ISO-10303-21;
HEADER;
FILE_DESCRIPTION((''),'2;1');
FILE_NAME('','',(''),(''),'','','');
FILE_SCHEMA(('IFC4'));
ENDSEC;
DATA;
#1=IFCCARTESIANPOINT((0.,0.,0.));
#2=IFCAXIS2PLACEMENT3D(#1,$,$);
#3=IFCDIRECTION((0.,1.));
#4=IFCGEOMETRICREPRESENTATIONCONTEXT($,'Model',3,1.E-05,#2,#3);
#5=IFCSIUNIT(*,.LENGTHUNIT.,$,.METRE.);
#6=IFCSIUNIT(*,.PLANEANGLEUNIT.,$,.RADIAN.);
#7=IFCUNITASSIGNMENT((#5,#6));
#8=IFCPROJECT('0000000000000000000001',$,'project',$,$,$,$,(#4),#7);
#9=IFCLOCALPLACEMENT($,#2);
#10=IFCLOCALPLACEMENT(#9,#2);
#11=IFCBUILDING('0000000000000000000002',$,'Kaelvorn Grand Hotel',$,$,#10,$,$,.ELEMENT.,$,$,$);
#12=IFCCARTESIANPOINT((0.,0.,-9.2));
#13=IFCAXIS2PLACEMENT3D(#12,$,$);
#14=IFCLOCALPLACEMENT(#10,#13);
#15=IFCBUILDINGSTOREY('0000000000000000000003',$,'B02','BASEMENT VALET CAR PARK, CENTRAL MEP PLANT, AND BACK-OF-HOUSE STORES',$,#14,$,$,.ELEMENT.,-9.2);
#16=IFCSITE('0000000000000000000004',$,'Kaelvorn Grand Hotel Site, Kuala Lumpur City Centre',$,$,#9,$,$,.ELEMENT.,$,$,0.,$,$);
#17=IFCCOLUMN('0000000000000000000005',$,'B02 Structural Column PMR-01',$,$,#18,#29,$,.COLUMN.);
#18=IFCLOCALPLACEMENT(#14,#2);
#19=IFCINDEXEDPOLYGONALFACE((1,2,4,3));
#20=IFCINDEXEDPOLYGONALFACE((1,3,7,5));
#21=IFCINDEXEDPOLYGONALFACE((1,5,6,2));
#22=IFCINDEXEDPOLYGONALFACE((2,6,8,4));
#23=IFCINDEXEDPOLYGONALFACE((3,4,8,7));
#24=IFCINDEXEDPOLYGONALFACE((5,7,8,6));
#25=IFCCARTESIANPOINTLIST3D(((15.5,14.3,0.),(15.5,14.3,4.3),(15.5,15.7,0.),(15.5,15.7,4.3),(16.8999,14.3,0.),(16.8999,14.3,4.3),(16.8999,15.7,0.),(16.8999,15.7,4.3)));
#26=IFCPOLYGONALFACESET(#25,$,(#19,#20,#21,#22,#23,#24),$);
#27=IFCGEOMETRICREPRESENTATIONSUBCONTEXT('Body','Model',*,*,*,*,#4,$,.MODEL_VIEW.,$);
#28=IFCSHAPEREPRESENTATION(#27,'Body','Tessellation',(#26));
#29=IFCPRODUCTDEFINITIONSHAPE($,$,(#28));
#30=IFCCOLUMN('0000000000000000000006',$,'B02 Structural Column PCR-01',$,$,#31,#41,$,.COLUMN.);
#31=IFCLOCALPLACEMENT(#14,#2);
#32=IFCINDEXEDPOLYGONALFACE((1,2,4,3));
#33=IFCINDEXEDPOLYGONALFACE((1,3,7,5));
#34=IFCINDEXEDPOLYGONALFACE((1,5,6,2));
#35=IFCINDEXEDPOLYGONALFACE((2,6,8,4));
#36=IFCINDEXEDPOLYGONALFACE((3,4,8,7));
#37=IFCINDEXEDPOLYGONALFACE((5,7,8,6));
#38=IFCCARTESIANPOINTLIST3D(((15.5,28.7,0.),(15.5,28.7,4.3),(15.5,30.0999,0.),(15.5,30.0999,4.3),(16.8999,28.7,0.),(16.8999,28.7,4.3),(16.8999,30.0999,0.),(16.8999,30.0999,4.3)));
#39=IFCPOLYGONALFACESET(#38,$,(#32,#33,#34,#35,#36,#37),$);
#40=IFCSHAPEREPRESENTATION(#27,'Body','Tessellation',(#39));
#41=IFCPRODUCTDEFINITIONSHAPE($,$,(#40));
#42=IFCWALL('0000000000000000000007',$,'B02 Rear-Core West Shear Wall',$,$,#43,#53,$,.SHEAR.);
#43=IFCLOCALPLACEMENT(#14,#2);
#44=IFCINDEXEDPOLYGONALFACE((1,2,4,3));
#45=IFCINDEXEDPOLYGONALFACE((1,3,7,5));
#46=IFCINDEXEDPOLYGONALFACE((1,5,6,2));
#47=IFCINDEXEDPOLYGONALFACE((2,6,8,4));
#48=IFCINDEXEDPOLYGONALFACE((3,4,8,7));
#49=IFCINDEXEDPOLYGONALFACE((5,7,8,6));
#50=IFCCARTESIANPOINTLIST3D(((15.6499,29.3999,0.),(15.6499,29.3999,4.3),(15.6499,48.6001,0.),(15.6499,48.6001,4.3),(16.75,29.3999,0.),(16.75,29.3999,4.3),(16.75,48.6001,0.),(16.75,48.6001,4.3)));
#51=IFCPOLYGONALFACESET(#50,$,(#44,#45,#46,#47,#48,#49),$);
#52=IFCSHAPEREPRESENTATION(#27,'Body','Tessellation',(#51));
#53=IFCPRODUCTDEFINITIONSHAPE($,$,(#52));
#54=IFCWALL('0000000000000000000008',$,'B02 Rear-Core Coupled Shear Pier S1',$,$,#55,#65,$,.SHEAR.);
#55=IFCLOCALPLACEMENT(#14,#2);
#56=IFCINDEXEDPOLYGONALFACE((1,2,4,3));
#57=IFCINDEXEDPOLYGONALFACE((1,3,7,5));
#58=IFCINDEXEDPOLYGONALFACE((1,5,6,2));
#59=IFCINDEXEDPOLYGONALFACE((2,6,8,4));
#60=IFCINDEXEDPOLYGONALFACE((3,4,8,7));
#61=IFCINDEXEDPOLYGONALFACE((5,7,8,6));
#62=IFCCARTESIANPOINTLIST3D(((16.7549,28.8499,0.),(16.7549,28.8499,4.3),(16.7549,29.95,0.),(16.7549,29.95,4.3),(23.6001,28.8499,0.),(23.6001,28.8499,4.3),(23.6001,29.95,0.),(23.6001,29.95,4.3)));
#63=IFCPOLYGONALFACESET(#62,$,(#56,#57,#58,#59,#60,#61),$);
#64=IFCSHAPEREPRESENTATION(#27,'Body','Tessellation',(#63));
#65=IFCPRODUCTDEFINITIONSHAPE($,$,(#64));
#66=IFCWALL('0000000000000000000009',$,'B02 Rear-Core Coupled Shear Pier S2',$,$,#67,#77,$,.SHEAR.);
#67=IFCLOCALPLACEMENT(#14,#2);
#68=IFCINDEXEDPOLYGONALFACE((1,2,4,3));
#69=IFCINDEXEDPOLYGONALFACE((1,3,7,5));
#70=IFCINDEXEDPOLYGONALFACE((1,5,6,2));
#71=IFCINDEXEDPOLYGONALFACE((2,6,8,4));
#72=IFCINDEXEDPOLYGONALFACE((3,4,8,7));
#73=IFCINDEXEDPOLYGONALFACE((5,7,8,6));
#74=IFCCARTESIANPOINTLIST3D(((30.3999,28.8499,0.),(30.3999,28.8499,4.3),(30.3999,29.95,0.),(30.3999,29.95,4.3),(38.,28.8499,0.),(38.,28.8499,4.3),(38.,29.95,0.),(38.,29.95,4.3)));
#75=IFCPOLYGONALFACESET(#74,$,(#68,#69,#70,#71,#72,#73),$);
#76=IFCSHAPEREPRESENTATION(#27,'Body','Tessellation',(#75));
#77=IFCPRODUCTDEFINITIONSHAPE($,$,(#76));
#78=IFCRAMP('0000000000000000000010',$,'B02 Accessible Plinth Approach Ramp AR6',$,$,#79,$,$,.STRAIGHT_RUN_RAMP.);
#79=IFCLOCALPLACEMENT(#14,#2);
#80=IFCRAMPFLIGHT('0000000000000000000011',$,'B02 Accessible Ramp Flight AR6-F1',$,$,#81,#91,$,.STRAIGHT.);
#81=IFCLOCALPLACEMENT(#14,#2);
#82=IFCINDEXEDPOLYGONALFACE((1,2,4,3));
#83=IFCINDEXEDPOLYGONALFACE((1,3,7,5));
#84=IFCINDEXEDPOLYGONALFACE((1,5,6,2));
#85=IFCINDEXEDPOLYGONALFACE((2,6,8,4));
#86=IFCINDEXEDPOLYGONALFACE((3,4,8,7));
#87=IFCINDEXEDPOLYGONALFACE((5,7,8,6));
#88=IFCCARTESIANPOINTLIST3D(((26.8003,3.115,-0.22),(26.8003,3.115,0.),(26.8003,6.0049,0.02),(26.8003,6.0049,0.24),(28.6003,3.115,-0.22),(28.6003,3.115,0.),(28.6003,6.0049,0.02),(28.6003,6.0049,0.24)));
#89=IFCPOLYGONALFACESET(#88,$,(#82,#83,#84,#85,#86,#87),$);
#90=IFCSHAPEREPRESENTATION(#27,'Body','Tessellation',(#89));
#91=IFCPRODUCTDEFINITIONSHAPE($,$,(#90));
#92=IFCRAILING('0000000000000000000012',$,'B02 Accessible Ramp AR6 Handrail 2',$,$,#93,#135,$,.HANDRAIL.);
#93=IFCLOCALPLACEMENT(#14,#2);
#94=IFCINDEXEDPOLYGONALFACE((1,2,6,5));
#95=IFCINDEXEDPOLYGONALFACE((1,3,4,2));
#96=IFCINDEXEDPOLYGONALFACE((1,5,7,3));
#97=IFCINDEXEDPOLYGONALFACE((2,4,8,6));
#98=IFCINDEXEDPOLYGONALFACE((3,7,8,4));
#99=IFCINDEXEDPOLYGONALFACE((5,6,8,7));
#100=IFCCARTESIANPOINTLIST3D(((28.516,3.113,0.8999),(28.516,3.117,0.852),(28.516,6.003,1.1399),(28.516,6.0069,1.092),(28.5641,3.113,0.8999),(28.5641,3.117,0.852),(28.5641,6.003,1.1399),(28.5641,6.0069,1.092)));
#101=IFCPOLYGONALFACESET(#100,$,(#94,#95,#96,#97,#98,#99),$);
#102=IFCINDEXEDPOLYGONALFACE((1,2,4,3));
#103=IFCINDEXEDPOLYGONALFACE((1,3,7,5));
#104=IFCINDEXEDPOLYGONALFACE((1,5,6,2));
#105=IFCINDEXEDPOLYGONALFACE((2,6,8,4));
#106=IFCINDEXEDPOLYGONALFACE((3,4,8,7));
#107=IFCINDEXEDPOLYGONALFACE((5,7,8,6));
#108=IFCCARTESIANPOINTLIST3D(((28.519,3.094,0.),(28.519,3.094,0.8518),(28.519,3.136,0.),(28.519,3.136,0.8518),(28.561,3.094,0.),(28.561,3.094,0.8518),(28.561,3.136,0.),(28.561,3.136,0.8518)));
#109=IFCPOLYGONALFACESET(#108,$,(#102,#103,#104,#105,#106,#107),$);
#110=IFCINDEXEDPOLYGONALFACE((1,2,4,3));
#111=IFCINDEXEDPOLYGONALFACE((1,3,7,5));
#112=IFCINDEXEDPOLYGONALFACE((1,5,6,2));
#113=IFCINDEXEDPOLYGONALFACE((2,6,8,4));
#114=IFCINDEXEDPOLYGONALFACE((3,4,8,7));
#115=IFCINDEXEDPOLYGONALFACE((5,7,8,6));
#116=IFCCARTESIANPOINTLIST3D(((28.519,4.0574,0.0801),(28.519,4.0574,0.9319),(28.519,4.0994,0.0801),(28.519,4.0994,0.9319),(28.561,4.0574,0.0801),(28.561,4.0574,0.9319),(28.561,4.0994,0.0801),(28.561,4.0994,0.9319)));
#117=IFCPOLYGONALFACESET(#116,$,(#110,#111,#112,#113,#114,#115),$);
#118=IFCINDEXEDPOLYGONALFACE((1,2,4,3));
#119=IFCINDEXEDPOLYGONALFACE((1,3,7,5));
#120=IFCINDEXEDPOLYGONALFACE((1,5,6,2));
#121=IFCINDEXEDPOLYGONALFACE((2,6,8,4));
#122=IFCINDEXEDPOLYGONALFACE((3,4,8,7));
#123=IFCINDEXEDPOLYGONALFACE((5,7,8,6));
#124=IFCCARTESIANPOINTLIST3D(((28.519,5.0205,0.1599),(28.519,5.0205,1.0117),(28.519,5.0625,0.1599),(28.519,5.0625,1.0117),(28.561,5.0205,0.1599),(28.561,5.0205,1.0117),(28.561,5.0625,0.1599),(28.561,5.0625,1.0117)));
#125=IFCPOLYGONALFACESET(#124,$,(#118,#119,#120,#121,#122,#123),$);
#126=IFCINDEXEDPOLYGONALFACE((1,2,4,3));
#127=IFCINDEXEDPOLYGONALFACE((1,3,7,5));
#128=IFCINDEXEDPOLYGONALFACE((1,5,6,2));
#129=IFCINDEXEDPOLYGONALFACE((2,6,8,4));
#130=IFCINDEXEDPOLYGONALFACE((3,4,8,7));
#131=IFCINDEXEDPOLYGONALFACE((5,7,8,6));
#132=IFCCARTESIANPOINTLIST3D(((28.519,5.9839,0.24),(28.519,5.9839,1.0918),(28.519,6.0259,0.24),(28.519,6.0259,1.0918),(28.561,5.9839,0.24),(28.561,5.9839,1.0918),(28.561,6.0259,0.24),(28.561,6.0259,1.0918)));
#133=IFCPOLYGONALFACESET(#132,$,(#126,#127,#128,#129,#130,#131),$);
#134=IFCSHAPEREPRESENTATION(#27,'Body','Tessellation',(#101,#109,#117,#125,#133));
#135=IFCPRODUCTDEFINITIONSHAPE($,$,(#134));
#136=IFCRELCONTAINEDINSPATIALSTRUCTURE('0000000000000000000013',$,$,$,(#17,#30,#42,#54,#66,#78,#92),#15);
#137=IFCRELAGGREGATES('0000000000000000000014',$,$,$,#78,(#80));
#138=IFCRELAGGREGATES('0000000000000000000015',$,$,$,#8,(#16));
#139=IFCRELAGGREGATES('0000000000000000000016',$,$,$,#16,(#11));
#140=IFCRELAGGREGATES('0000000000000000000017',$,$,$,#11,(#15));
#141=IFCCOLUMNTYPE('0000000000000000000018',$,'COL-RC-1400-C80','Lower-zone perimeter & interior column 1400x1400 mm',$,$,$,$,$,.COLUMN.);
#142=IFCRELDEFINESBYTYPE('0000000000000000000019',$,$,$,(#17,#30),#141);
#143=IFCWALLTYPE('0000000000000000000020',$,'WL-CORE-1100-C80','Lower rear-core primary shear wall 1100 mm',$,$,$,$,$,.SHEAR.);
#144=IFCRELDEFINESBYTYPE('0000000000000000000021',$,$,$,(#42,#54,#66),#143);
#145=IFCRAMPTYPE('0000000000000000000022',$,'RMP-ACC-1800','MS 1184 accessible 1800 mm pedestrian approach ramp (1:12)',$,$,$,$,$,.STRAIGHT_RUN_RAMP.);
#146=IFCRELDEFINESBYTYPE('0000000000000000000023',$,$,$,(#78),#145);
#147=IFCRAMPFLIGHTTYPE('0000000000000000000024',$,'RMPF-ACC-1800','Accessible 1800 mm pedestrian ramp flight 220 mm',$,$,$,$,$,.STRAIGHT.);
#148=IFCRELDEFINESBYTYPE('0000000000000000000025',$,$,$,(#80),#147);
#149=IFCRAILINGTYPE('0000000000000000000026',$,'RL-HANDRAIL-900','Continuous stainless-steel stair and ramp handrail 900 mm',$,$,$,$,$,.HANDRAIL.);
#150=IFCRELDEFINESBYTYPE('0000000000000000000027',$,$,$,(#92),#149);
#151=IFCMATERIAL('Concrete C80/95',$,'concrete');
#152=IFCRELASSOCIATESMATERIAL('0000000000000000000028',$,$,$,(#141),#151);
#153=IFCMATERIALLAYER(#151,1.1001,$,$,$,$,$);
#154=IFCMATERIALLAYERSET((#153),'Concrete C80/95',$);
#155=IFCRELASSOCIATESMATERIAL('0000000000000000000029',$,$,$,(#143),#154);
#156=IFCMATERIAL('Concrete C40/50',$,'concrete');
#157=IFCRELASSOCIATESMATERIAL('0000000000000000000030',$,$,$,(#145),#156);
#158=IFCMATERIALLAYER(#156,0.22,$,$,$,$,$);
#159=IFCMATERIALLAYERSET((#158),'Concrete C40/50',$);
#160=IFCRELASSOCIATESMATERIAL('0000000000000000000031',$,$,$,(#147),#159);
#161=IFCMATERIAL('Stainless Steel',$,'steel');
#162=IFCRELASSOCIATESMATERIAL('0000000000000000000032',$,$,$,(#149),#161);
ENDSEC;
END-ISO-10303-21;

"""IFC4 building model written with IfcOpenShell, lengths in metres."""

from ifc_helpers import new_model, si_unit, direction, frame, frame_2d, origin, origin_2d, place, context, subcontext, project, spatial, polyline, rectangle, outline, extrude, material, layer, layer_set, material_profile, profile_set, type_object, element, aggregate, save


model = new_model("IFC4")

# Units and contexts
model_context = context("Model", 3, precision=1e-05, world=origin(), true_north=direction((0.0, 1.0)))
body_context = subcontext(model_context, "Body", "Model", "MODEL_VIEW")
ifc_project = project(units=[si_unit("LENGTHUNIT", "METRE"), si_unit("PLANEANGLEUNIT", "RADIAN")], contexts=[model_context])

# Site, building, storey
site_placement = place(None, origin())
site = spatial("IfcSite", under=ifc_project, at=site_placement, Name="Kaelvorn Grand Hotel Site, Kuala Lumpur City Centre", CompositionType="ELEMENT", RefElevation=0.0)
building_placement = place(site_placement, origin())
building = spatial("IfcBuilding", under=site, at=building_placement, Name="Kaelvorn Grand Hotel", CompositionType="ELEMENT")
storey_placement = place(building_placement, frame((0.0, 0.0, -9.2)))
storey = spatial("IfcBuildingStorey", under=building, at=storey_placement, Name="B02", Description="BASEMENT VALET CAR PARK, CENTRAL MEP PLANT, AND BACK-OF-HOUSE STORES", CompositionType="ELEMENT", Elevation=-9.2)

# Columns
ifc_material_1 = material(Name="Concrete C80/95", Category="concrete")
ifc_material_profile_1 = material_profile(ifc_material_1, rectangle(XDim=1.3999, YDim=1.3999, at=origin_2d()), Name="RC COL 1400x1400")
ifc_profile_set_1 = profile_set([ifc_material_profile_1], Name="Concrete C80/95")
column_type_1 = type_object("IfcColumnType", Name="COL-RC-1400-C80", Description="Lower-zone perimeter & interior column 1400x1400 mm", PredefinedType="COLUMN", material=ifc_profile_set_1)
for number, where, z_axis, x_axis, name in (
    (1, (16.2, 15.0, 0.0), (0.0, 0.0, 1.0), (1.0, 0.0, 0.0), "B02 Structural Column PMR-01"),
    (2, (16.2, 29.3999, 0.0), (0.0, 0.0, 1.0), (1.0, 0.0, 0.0), "B02 Structural Column PCR-01"),
):
    element("IfcColumn", number, at=place(storey_placement, frame(where, z_axis=z_axis, x_axis=x_axis)), inside=storey, type_object=column_type_1, Name=name, PredefinedType="COLUMN", context=body_context, shape_type="SweptSolid", body=[
        extrude(rectangle(XDim=1.3999, YDim=1.3999, at=origin_2d()), origin(), (0.0, 0.0, 1.0), 4.3),
    ])

# Walls
ifc_layer_1 = layer(ifc_material_1, 1.1001)
ifc_layer_set_1 = layer_set([ifc_layer_1], Name="Concrete C80/95")
wall_type = type_object("IfcWallType", Name="WL-CORE-1100-C80", Description="Lower rear-core primary shear wall 1100 mm", PredefinedType="SHEAR", material=ifc_layer_set_1)
wall_1_placement = place(storey_placement, frame((16.2, 29.3999, 0.0), z_axis=(0.0, 0.0, 1.0), x_axis=(0.0, 1.0, 0.0)))
element("IfcWall", 3, at=wall_1_placement, inside=storey, type_object=wall_type, Name="B02 Rear-Core West Shear Wall", PredefinedType="SHEAR", context=body_context, shape_type="SweptSolid", body=[
    extrude(rectangle(XDim=19.2002, YDim=1.1001, at=frame_2d((9.6001, 0.0))), origin(), (0.0, 0.0, 1.0), 4.3),
])
wall_2_placement = place(storey_placement, frame((16.7549, 29.3999, 0.0), z_axis=(0.0, 0.0, 1.0), x_axis=(1.0, 0.0, 0.0)))
element("IfcWall", 4, at=wall_2_placement, inside=storey, type_object=wall_type, Name="B02 Rear-Core Coupled Shear Pier S1", PredefinedType="SHEAR", context=body_context, shape_type="SweptSolid", body=[
    extrude(rectangle(XDim=6.8452, YDim=1.1001, at=frame_2d((3.4226, 0.0))), origin(), (0.0, 0.0, 1.0), 4.3),
])
wall_3_placement = place(storey_placement, frame((30.3999, 29.3999, 0.0), z_axis=(0.0, 0.0, 1.0), x_axis=(1.0, 0.0, 0.0)))
element("IfcWall", 5, at=wall_3_placement, inside=storey, type_object=wall_type, Name="B02 Rear-Core Coupled Shear Pier S2", PredefinedType="SHEAR", context=body_context, shape_type="SweptSolid", body=[
    extrude(rectangle(XDim=7.6001, YDim=1.1001, at=frame_2d((3.8, 0.0))), origin(), (0.0, 0.0, 1.0), 4.3),
])

# Ramp, ramp flight
ifc_material_2 = material(Name="Concrete C40/50", Category="concrete")
ramp_type = type_object("IfcRampType", Name="RMP-ACC-1800", Description="MS 1184 accessible 1800 mm pedestrian approach ramp (1:12)", PredefinedType="STRAIGHT_RUN_RAMP", material=ifc_material_2)
ramp_placement = place(storey_placement, origin())
ramp = element("IfcRamp", 6, at=ramp_placement, inside=storey, type_object=ramp_type, Name="B02 Accessible Plinth Approach Ramp AR6", PredefinedType="STRAIGHT_RUN_RAMP")
ifc_layer_2 = layer(ifc_material_2, 0.22)
ifc_layer_set_2 = layer_set([ifc_layer_2], Name="Concrete C40/50")
ramp_flight_type = type_object("IfcRampFlightType", Name="RMPF-ACC-1800", Description="Accessible 1800 mm pedestrian ramp flight 220 mm", PredefinedType="STRAIGHT", material=ifc_layer_set_2)
ramp_flight_placement = place(storey_placement, frame((27.7002, 3.115, 0.0), z_axis=(0.0, 0.0, 1.0), x_axis=(0.0, 1.0, 0.0)))
ramp_flight = element("IfcRampFlight", 7, at=ramp_flight_placement, type_object=ramp_flight_type, Name="B02 Accessible Ramp Flight AR6-F1", PredefinedType="STRAIGHT", context=body_context, shape_type="SweptSolid", body=[
    extrude(outline(polyline([(0.0, 0.0), (2.8899, 0.24), (2.8899, 0.02), (0.0, -0.22), (0.0, 0.0)])), frame((0.0, 0.8999, 0.0), z_axis=(0.0, -1.0, 0.0), x_axis=(1.0, 0.0, 0.0)), (0.0, 0.0, 1.0), 1.8),
])
aggregate(ramp, [ramp_flight])

# Railing
ifc_material_3 = material(Name="Stainless Steel", Category="steel")
railing_type = type_object("IfcRailingType", Name="RL-HANDRAIL-900", Description="Continuous stainless-steel stair and ramp handrail 900 mm", PredefinedType="HANDRAIL", material=ifc_material_3)
railing_placement = place(storey_placement, frame((28.54, 3.115, 0.0)))
element("IfcRailing", 8, at=railing_placement, inside=storey, type_object=railing_type, Name="B02 Accessible Ramp AR6 Handrail 2", PredefinedType="HANDRAIL", context=body_context, shape_type="SweptSolid", body=[
    extrude(rectangle(XDim=0.0481, YDim=0.0481, at=origin_2d()), frame((0.0, 0.0, 0.876), z_axis=(0.0, 0.99657, 0.08276), x_axis=(-1.0, 0.0, 0.0)), (0.0, 0.0, 1.0), 2.8999),
    extrude(rectangle(XDim=0.042, YDim=0.042, at=origin_2d()), origin(), (0.0, 0.0, 1.0), 0.8518),
    extrude(rectangle(XDim=0.042, YDim=0.042, at=origin_2d()), frame((0.0, 0.9634, 0.0801)), (0.0, 0.0, 1.0), 0.8518),
    extrude(rectangle(XDim=0.042, YDim=0.042, at=origin_2d()), frame((0.0, 1.9265, 0.1599)), (0.0, 0.0, 1.0), 0.8518),
    extrude(rectangle(XDim=0.042, YDim=0.042, at=origin_2d()), frame((0.0, 2.8899, 0.24)), (0.0, 0.0, 1.0), 0.8518),
])

save(model, "model.ifc")
